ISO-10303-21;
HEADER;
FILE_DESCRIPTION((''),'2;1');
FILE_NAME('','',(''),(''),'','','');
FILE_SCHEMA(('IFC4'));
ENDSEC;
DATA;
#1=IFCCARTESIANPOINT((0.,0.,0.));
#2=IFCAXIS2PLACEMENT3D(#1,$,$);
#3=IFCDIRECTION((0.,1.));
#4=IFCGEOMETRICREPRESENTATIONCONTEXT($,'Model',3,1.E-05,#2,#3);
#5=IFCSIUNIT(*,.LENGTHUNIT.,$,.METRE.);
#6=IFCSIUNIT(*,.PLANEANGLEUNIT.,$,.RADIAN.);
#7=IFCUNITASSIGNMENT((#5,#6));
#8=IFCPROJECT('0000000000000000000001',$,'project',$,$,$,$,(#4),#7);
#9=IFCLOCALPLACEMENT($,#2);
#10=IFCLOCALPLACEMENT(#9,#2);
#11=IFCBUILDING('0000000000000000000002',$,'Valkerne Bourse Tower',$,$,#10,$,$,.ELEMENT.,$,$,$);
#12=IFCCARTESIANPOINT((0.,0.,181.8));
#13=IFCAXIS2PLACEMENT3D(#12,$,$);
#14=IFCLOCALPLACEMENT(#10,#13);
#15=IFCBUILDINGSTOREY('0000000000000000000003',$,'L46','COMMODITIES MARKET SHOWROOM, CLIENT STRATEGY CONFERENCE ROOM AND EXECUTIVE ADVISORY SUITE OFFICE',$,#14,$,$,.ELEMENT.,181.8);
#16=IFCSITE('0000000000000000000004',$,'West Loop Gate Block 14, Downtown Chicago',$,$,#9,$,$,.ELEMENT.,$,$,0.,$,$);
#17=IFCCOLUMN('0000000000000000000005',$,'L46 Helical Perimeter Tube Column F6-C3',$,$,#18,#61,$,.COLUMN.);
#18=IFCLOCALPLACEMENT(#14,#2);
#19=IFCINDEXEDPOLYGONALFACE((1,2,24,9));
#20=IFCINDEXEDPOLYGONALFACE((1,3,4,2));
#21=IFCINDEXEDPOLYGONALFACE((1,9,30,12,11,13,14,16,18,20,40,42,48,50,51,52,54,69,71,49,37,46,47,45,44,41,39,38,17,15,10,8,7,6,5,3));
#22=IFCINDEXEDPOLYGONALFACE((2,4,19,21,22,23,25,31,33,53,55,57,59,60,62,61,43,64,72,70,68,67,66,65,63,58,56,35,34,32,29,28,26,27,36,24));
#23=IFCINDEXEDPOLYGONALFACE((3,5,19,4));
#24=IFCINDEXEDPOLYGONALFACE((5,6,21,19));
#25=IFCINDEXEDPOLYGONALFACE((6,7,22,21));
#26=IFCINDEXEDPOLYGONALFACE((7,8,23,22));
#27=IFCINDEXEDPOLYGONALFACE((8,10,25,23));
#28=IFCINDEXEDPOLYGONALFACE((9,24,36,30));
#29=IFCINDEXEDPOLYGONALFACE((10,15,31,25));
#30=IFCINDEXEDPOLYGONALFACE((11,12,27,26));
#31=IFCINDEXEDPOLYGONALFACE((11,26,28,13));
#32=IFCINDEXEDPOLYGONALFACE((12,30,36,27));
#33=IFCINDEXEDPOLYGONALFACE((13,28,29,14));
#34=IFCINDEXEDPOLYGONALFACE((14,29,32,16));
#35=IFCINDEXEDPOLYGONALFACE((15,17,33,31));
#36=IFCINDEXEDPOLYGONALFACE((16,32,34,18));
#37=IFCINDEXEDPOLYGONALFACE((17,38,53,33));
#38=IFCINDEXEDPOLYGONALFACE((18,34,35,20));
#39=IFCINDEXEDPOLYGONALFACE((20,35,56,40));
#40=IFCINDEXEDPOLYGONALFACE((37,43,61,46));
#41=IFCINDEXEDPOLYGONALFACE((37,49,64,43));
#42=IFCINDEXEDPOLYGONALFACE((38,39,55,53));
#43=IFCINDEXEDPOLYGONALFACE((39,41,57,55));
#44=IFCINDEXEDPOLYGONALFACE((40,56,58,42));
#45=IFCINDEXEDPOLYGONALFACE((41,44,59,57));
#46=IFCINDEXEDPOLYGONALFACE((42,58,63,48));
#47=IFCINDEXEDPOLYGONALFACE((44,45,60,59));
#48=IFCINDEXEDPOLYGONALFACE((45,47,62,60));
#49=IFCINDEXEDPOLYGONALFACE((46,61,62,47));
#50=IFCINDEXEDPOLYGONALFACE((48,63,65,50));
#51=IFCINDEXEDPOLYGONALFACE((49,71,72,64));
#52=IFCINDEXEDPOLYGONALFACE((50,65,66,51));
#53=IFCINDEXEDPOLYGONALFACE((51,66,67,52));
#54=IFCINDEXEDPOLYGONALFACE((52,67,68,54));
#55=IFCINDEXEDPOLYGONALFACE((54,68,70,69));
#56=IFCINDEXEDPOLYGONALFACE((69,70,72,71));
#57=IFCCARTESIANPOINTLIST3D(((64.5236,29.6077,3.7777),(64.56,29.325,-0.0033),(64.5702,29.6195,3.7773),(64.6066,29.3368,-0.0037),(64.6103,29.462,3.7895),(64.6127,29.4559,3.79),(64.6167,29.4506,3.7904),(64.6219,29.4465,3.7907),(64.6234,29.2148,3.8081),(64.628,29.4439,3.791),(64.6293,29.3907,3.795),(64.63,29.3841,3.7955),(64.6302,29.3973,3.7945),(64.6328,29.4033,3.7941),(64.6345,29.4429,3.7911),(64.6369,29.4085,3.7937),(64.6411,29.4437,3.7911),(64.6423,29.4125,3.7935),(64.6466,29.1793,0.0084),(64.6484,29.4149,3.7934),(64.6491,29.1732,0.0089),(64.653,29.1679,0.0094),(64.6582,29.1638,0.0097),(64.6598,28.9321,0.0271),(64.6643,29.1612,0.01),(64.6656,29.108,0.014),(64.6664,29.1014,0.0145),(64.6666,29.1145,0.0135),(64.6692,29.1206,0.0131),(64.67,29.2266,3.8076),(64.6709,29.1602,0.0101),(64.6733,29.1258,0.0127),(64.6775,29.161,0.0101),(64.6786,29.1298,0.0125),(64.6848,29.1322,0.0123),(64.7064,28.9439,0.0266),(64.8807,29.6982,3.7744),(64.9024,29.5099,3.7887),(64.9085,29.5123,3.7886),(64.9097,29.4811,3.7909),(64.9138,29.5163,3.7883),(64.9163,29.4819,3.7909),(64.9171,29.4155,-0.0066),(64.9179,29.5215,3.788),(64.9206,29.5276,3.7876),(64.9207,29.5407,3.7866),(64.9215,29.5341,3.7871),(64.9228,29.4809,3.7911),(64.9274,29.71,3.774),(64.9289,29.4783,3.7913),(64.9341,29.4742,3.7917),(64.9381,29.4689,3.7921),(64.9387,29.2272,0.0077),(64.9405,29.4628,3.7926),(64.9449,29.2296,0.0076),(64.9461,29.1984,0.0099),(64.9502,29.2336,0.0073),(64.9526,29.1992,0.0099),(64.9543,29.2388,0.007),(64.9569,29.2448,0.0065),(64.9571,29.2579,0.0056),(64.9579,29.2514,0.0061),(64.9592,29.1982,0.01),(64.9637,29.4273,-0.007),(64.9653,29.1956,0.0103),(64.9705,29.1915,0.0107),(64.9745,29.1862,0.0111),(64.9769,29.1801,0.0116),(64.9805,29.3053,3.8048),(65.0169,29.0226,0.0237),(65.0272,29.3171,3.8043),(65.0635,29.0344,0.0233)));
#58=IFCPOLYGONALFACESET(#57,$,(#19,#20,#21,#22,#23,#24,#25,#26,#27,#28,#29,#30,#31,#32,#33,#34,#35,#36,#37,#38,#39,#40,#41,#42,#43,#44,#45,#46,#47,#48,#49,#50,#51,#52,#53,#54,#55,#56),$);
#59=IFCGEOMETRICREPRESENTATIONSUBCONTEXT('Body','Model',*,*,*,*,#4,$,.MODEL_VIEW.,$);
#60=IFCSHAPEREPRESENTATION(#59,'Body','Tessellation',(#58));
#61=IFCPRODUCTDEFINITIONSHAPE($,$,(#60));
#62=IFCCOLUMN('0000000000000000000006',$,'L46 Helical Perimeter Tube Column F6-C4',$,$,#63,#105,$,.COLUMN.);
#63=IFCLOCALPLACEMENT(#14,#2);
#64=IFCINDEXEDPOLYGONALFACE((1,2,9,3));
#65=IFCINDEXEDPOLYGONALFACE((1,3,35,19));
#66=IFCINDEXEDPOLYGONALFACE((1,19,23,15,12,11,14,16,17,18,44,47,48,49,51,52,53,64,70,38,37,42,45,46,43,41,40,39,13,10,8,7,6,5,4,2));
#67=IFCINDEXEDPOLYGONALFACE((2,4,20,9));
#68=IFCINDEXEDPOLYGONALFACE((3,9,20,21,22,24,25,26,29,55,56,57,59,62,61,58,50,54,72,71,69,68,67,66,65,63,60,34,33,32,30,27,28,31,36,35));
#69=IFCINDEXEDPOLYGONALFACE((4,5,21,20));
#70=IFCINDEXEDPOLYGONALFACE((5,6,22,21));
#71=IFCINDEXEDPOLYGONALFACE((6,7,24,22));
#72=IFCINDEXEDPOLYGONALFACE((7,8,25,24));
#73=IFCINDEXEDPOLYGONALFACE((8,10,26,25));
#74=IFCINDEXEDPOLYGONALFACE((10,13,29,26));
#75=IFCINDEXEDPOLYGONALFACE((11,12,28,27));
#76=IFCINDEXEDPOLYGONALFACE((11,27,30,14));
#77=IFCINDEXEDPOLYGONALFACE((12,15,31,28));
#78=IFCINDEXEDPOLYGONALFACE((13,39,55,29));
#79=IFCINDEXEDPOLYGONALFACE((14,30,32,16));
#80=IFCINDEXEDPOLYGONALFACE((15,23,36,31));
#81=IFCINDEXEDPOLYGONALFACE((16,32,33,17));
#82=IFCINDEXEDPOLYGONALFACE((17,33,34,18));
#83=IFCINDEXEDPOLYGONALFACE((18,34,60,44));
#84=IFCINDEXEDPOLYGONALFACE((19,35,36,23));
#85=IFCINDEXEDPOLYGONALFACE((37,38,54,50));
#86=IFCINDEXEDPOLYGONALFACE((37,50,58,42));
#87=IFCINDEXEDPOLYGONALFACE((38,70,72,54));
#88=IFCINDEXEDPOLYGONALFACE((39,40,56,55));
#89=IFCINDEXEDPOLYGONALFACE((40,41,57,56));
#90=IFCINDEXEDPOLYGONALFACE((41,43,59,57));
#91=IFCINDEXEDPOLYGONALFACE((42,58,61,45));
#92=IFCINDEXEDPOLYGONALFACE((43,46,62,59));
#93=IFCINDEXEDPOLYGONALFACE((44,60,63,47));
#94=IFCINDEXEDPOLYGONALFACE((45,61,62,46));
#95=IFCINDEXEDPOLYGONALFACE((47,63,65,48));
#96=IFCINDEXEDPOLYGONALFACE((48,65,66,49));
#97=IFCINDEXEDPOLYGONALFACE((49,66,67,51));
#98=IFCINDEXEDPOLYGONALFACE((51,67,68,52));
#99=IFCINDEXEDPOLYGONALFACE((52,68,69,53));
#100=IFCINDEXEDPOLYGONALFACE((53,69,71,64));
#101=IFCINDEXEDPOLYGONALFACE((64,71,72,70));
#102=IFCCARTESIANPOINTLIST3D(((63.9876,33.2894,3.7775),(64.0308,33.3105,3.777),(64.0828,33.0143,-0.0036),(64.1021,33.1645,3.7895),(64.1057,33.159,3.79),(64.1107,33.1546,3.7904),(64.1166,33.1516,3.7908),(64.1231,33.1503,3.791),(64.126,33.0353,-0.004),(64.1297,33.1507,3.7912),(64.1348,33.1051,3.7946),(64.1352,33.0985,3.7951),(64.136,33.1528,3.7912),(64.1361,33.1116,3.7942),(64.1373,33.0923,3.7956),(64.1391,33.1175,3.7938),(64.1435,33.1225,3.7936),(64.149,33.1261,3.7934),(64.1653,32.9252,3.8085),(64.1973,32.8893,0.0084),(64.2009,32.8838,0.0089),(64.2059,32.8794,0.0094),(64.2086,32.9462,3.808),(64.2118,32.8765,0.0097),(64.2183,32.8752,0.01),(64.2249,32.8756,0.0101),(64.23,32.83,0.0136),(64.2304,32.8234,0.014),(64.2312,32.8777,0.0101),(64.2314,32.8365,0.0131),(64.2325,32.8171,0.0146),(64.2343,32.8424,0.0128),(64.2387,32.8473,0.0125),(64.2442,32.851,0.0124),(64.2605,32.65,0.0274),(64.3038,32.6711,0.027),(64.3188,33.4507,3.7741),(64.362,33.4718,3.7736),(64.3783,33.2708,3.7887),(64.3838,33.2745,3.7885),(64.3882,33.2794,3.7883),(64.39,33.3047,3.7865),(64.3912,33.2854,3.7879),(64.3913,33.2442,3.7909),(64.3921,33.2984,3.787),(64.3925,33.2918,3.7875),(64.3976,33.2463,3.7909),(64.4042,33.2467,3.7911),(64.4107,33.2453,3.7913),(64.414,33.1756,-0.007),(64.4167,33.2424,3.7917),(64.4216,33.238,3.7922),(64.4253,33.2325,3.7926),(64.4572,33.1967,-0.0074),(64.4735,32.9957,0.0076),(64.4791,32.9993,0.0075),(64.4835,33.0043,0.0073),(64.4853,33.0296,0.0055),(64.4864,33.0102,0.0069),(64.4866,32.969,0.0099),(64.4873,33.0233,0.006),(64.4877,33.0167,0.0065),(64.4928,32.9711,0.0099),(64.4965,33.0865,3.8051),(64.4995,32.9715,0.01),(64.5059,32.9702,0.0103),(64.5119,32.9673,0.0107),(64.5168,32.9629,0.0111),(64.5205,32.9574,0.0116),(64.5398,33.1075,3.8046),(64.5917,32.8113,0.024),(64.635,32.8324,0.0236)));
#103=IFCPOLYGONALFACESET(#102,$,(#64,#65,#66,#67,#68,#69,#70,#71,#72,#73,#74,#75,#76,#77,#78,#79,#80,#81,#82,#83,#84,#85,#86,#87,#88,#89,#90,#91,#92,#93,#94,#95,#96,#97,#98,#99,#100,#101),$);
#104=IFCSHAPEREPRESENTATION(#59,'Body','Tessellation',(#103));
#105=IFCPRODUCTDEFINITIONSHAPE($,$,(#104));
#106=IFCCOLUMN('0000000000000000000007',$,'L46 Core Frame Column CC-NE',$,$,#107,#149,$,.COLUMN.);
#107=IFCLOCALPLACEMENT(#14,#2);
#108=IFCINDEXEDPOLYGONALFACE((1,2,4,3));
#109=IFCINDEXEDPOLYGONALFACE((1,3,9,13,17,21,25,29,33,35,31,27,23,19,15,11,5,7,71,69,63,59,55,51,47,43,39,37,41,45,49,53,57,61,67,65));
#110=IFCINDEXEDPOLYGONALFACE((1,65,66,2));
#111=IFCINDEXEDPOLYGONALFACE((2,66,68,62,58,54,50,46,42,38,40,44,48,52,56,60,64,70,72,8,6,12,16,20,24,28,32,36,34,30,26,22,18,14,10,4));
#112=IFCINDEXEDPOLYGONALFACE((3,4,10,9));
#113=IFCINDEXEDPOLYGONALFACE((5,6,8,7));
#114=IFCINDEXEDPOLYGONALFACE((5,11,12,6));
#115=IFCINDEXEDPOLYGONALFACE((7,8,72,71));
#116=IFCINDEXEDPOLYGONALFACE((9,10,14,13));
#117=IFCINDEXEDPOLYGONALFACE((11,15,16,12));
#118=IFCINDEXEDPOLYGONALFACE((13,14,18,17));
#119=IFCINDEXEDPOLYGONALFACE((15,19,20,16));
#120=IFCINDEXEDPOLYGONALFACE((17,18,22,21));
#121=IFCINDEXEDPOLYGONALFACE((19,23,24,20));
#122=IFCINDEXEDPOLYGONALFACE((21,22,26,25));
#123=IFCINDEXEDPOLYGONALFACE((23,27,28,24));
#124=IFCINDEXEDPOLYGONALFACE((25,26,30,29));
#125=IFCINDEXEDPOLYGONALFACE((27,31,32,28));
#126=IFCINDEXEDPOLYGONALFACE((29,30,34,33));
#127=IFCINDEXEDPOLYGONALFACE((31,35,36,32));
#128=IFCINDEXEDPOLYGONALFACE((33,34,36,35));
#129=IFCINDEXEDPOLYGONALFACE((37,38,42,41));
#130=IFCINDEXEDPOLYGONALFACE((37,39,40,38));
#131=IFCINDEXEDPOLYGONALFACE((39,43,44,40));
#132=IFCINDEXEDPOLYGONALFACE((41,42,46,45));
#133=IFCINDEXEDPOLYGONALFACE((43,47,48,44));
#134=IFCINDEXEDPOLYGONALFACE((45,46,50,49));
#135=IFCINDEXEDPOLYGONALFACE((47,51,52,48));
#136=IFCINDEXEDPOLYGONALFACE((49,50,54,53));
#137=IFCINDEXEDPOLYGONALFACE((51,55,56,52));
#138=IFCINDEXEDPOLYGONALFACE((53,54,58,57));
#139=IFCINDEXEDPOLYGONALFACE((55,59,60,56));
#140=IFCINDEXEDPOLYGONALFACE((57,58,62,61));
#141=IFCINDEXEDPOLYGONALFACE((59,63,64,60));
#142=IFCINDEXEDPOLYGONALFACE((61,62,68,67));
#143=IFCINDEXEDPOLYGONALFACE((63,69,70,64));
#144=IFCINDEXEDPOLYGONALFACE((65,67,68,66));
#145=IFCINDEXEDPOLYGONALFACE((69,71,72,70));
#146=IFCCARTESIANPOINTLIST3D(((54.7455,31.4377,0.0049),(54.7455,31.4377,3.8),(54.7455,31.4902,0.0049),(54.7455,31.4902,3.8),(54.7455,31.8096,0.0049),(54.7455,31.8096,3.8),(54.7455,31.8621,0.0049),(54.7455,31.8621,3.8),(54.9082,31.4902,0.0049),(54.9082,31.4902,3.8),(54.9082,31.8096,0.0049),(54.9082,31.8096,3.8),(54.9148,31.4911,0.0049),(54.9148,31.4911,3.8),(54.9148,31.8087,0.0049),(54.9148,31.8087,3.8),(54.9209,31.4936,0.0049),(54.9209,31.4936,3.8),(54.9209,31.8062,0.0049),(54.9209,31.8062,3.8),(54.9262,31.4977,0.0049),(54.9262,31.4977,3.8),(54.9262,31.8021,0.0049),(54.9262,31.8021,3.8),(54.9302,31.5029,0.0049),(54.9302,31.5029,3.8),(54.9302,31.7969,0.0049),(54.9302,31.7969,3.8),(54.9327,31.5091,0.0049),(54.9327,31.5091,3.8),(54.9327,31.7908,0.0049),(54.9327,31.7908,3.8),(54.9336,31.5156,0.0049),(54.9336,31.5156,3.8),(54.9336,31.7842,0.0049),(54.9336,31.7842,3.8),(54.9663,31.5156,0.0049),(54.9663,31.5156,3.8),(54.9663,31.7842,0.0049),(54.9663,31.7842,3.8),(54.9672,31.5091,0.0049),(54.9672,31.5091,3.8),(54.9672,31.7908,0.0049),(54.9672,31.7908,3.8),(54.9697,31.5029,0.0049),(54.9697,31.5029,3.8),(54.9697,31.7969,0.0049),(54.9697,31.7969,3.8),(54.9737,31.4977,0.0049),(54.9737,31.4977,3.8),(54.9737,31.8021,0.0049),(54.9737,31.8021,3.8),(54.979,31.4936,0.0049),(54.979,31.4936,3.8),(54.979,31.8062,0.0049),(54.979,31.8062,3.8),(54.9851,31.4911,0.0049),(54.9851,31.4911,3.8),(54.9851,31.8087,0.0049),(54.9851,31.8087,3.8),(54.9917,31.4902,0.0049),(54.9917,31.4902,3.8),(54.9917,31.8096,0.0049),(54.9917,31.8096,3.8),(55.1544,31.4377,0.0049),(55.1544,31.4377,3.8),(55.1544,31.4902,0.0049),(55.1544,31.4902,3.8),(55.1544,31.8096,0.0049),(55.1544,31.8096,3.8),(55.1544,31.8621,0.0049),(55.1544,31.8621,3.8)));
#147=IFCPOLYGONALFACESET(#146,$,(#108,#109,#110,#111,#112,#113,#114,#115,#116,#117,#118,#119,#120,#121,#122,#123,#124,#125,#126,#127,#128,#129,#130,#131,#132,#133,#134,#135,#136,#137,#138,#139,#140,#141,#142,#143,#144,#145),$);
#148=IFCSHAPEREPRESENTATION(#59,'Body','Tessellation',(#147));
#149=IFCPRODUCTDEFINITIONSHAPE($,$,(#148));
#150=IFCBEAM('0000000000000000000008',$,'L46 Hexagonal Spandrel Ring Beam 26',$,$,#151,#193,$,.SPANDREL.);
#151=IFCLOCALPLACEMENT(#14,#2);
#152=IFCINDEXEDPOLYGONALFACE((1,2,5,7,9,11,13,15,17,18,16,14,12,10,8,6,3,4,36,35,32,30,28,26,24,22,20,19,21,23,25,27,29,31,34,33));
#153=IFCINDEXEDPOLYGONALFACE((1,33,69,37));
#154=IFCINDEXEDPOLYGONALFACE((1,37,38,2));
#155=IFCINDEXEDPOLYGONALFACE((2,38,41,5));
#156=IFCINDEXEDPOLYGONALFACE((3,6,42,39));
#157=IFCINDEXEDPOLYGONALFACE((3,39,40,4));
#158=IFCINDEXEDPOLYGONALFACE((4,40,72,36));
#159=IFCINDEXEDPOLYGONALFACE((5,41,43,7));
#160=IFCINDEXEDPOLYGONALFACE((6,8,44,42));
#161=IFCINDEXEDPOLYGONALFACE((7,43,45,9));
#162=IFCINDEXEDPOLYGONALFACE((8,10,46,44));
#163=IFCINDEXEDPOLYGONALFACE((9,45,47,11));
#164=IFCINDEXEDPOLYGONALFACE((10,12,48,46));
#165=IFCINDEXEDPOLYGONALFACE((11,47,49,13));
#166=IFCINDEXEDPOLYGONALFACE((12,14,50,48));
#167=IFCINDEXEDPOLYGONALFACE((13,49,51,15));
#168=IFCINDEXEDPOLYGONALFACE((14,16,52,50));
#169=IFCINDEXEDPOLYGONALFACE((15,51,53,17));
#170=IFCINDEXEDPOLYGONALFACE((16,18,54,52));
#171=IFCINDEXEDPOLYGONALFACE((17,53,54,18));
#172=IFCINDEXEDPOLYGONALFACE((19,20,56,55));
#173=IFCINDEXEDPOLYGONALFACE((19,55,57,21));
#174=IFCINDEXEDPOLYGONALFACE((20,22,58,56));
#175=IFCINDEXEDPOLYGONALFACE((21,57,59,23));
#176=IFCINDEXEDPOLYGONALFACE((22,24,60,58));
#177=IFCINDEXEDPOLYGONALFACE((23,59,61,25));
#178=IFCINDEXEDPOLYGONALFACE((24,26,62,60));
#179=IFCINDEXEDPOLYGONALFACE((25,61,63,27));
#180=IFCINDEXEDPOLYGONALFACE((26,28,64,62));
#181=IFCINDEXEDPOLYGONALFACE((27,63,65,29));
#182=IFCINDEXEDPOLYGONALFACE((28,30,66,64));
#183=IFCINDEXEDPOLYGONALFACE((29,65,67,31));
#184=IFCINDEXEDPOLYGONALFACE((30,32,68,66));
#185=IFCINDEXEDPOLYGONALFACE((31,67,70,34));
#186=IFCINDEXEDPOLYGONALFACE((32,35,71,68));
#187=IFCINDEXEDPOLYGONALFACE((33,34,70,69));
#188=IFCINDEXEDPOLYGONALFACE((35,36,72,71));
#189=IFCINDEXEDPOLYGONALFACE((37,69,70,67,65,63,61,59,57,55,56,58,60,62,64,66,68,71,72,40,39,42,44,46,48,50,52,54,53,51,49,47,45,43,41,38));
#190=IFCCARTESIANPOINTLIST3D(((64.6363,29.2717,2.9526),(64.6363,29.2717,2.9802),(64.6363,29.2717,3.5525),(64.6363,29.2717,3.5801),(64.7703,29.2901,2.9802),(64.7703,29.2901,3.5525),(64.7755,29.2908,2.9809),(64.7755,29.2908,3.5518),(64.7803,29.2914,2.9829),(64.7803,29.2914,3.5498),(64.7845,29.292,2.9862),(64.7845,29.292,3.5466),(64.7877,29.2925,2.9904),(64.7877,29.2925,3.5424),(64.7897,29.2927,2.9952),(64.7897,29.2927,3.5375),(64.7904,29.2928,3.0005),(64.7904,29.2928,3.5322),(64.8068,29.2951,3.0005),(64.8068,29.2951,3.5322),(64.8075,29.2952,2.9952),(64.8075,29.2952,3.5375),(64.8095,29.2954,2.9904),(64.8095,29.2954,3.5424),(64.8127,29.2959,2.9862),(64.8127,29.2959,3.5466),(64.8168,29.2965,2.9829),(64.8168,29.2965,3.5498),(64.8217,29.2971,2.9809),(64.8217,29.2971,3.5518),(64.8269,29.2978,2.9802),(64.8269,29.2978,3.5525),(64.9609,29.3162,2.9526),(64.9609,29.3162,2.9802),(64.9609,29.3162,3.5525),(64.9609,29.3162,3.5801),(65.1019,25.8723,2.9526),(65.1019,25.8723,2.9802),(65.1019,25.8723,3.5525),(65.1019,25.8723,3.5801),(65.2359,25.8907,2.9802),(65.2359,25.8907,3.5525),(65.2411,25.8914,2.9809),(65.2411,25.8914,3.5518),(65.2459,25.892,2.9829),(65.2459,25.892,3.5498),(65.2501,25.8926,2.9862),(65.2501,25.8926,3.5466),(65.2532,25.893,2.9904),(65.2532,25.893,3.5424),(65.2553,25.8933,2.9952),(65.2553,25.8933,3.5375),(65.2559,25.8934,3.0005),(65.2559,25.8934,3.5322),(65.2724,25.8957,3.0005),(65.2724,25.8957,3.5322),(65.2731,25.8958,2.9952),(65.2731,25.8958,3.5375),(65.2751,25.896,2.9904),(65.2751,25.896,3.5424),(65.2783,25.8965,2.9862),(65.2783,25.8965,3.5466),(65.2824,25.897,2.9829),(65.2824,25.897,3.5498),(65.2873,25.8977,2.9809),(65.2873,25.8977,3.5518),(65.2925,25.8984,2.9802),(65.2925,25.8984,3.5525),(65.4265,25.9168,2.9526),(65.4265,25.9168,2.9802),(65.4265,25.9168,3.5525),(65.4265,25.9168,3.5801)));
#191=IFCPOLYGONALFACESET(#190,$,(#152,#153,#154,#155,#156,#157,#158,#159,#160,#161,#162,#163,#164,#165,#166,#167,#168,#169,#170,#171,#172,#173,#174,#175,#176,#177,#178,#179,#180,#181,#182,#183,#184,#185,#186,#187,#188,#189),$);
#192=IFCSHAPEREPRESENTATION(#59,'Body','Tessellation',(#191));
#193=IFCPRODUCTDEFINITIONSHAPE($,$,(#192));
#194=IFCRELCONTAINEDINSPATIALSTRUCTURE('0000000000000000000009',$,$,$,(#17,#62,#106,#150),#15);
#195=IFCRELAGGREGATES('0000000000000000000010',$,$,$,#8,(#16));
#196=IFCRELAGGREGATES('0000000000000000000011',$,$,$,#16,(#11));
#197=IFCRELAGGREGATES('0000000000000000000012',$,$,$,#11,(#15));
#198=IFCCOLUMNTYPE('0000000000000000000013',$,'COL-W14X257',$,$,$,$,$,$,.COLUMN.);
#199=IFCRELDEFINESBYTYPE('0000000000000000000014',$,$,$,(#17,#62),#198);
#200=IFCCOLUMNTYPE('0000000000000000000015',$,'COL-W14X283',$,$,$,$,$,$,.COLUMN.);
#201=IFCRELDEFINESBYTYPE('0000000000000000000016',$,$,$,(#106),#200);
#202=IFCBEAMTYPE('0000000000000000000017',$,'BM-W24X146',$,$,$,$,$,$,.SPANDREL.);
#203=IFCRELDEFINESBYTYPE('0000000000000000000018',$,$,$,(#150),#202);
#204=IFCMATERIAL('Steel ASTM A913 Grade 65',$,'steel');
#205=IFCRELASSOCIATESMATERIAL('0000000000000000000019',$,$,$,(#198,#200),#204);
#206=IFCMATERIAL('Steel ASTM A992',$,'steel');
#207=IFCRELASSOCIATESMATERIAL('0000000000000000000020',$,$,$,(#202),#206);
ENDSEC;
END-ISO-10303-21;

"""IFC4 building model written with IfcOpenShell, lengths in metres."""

from ifc_helpers import new_model, si_unit, direction, frame, origin, origin_2d, place, context, subcontext, project, spatial, i_section, extrude, material, material_profile, profile_set, type_object, element, save


model = new_model("IFC4")

# Units and contexts
model_context = context("Model", 3, precision=1e-05, world=origin(), true_north=direction((0.0, 1.0)))
body_context = subcontext(model_context, "Body", "Model", "MODEL_VIEW")
ifc_project = project(units=[si_unit("LENGTHUNIT", "METRE"), si_unit("PLANEANGLEUNIT", "RADIAN")], contexts=[model_context])

# Site, building, storey
site_placement = place(None, origin())
site = spatial("IfcSite", under=ifc_project, at=site_placement, Name="West Loop Gate Block 14, Downtown Chicago", CompositionType="ELEMENT", RefElevation=0.0)
building_placement = place(site_placement, origin())
building = spatial("IfcBuilding", under=site, at=building_placement, Name="Valkerne Bourse Tower", CompositionType="ELEMENT")
storey_placement = place(building_placement, frame((0.0, 0.0, 181.8)))
storey = spatial("IfcBuildingStorey", under=building, at=storey_placement, Name="L46", Description="COMMODITIES MARKET SHOWROOM, CLIENT STRATEGY CONFERENCE ROOM AND EXECUTIVE ADVISORY SUITE OFFICE", CompositionType="ELEMENT", Elevation=181.8)

# Columns
ifc_material_1 = material(Name="Steel ASTM A913 Grade 65", Category="steel")
ifc_material_profile_1 = material_profile(ifc_material_1, i_section(OverallWidth=0.4065, OverallDepth=0.4165, WebThickness=0.0298, FlangeThickness=0.0481, FilletRadius=0.0254, at=origin_2d()), Name="W14X257")
ifc_profile_set_1 = profile_set([ifc_material_profile_1], Name="Steel ASTM A913 Grade 65")
column_type_1 = type_object("IfcColumnType", Name="COL-W14X257", PredefinedType="COLUMN", material=ifc_profile_set_1)
column_1_placement = place(storey_placement, frame((64.8118, 29.1797, 0.01), z_axis=(-0.009594, 0.074561, 0.99717), x_axis=(0.24549, -0.966522, 0.074631)))
element("IfcColumn", 1, at=column_1_placement, inside=storey, type_object=column_type_1, Name="L46 Helical Perimeter Tube Column F6-C3", PredefinedType="COLUMN", context=body_context, shape_type="SweptSolid", body=[
    extrude(i_section(OverallWidth=0.4065, OverallDepth=0.4165, WebThickness=0.0298, FlangeThickness=0.0481, FilletRadius=0.0254, at=origin_2d()), origin(), (0.0, 0.0, 1.0), 3.7917),
])
column_2_placement = place(storey_placement, frame((64.3589, 32.9233, 0.01), z_axis=(-0.025108, 0.072556, 0.997048), x_axis=(0.437229, -0.896115, 0.076221)))
element("IfcColumn", 2, at=column_2_placement, inside=storey, type_object=column_type_1, Name="L46 Helical Perimeter Tube Column F6-C4", PredefinedType="COLUMN", context=body_context, shape_type="SweptSolid", body=[
    extrude(i_section(OverallWidth=0.4065, OverallDepth=0.4165, WebThickness=0.0298, FlangeThickness=0.0481, FilletRadius=0.0254, at=origin_2d()), origin(), (0.0, 0.0, 1.0), 3.7922),
])
ifc_material_profile_2 = material_profile(ifc_material_1, i_section(OverallWidth=0.4089, OverallDepth=0.4243, WebThickness=0.0327, FlangeThickness=0.0525, FilletRadius=0.0254, at=origin_2d()), Name="W14X283")
ifc_profile_set_2 = profile_set([ifc_material_profile_2], Name="Steel ASTM A913 Grade 65")
column_type_2 = type_object("IfcColumnType", Name="COL-W14X283", PredefinedType="COLUMN", material=ifc_profile_set_2)
column_3_placement = place(storey_placement, frame((54.95, 31.6499, 0.0049), z_axis=(0.0, 0.0, 1.0), x_axis=(1.0, 0.0, 0.0)))
element("IfcColumn", 3, at=column_3_placement, inside=storey, type_object=column_type_2, Name="L46 Core Frame Column CC-NE", PredefinedType="COLUMN", context=body_context, shape_type="SweptSolid", body=[
    extrude(i_section(OverallWidth=0.4089, OverallDepth=0.4243, WebThickness=0.0327, FlangeThickness=0.0525, FilletRadius=0.0254, at=origin_2d()), origin(), (0.0, 0.0, 1.0), 3.7952),
])

# Beam
ifc_material_2 = material(Name="Steel ASTM A992", Category="steel")
ifc_material_profile_3 = material_profile(ifc_material_2, i_section(OverallWidth=0.3276, OverallDepth=0.6274, WebThickness=0.0166, FlangeThickness=0.0276, FilletRadius=0.0203, at=origin_2d()), Name="W24X146")
ifc_profile_set_3 = profile_set([ifc_material_profile_3], Name="Steel ASTM A992")
beam_type_1 = type_object("IfcBeamType", Name="BM-W24X146", PredefinedType="SPANDREL", material=ifc_profile_set_3)
for number, where, z_axis, x_axis, name in (
    (4, (65.2642, 25.8945, 3.2664), (-0.135691, 0.990751, 0.0), (-0.990751, -0.135691, 0.0), "L46 Hexagonal Spandrel Ring Beam 26"),
):
    element("IfcBeam", number, at=place(storey_placement, frame(where, z_axis=z_axis, x_axis=x_axis)), inside=storey, type_object=beam_type_1, Name=name, PredefinedType="SPANDREL", context=body_context, shape_type="SweptSolid", body=[
        extrude(i_section(OverallWidth=0.3276, OverallDepth=0.6274, WebThickness=0.0166, FlangeThickness=0.0276, FilletRadius=0.0203, at=origin_2d()), origin(), (0.0, 0.0, 1.0), 3.4312),
    ])

save(model, "model.ifc")
